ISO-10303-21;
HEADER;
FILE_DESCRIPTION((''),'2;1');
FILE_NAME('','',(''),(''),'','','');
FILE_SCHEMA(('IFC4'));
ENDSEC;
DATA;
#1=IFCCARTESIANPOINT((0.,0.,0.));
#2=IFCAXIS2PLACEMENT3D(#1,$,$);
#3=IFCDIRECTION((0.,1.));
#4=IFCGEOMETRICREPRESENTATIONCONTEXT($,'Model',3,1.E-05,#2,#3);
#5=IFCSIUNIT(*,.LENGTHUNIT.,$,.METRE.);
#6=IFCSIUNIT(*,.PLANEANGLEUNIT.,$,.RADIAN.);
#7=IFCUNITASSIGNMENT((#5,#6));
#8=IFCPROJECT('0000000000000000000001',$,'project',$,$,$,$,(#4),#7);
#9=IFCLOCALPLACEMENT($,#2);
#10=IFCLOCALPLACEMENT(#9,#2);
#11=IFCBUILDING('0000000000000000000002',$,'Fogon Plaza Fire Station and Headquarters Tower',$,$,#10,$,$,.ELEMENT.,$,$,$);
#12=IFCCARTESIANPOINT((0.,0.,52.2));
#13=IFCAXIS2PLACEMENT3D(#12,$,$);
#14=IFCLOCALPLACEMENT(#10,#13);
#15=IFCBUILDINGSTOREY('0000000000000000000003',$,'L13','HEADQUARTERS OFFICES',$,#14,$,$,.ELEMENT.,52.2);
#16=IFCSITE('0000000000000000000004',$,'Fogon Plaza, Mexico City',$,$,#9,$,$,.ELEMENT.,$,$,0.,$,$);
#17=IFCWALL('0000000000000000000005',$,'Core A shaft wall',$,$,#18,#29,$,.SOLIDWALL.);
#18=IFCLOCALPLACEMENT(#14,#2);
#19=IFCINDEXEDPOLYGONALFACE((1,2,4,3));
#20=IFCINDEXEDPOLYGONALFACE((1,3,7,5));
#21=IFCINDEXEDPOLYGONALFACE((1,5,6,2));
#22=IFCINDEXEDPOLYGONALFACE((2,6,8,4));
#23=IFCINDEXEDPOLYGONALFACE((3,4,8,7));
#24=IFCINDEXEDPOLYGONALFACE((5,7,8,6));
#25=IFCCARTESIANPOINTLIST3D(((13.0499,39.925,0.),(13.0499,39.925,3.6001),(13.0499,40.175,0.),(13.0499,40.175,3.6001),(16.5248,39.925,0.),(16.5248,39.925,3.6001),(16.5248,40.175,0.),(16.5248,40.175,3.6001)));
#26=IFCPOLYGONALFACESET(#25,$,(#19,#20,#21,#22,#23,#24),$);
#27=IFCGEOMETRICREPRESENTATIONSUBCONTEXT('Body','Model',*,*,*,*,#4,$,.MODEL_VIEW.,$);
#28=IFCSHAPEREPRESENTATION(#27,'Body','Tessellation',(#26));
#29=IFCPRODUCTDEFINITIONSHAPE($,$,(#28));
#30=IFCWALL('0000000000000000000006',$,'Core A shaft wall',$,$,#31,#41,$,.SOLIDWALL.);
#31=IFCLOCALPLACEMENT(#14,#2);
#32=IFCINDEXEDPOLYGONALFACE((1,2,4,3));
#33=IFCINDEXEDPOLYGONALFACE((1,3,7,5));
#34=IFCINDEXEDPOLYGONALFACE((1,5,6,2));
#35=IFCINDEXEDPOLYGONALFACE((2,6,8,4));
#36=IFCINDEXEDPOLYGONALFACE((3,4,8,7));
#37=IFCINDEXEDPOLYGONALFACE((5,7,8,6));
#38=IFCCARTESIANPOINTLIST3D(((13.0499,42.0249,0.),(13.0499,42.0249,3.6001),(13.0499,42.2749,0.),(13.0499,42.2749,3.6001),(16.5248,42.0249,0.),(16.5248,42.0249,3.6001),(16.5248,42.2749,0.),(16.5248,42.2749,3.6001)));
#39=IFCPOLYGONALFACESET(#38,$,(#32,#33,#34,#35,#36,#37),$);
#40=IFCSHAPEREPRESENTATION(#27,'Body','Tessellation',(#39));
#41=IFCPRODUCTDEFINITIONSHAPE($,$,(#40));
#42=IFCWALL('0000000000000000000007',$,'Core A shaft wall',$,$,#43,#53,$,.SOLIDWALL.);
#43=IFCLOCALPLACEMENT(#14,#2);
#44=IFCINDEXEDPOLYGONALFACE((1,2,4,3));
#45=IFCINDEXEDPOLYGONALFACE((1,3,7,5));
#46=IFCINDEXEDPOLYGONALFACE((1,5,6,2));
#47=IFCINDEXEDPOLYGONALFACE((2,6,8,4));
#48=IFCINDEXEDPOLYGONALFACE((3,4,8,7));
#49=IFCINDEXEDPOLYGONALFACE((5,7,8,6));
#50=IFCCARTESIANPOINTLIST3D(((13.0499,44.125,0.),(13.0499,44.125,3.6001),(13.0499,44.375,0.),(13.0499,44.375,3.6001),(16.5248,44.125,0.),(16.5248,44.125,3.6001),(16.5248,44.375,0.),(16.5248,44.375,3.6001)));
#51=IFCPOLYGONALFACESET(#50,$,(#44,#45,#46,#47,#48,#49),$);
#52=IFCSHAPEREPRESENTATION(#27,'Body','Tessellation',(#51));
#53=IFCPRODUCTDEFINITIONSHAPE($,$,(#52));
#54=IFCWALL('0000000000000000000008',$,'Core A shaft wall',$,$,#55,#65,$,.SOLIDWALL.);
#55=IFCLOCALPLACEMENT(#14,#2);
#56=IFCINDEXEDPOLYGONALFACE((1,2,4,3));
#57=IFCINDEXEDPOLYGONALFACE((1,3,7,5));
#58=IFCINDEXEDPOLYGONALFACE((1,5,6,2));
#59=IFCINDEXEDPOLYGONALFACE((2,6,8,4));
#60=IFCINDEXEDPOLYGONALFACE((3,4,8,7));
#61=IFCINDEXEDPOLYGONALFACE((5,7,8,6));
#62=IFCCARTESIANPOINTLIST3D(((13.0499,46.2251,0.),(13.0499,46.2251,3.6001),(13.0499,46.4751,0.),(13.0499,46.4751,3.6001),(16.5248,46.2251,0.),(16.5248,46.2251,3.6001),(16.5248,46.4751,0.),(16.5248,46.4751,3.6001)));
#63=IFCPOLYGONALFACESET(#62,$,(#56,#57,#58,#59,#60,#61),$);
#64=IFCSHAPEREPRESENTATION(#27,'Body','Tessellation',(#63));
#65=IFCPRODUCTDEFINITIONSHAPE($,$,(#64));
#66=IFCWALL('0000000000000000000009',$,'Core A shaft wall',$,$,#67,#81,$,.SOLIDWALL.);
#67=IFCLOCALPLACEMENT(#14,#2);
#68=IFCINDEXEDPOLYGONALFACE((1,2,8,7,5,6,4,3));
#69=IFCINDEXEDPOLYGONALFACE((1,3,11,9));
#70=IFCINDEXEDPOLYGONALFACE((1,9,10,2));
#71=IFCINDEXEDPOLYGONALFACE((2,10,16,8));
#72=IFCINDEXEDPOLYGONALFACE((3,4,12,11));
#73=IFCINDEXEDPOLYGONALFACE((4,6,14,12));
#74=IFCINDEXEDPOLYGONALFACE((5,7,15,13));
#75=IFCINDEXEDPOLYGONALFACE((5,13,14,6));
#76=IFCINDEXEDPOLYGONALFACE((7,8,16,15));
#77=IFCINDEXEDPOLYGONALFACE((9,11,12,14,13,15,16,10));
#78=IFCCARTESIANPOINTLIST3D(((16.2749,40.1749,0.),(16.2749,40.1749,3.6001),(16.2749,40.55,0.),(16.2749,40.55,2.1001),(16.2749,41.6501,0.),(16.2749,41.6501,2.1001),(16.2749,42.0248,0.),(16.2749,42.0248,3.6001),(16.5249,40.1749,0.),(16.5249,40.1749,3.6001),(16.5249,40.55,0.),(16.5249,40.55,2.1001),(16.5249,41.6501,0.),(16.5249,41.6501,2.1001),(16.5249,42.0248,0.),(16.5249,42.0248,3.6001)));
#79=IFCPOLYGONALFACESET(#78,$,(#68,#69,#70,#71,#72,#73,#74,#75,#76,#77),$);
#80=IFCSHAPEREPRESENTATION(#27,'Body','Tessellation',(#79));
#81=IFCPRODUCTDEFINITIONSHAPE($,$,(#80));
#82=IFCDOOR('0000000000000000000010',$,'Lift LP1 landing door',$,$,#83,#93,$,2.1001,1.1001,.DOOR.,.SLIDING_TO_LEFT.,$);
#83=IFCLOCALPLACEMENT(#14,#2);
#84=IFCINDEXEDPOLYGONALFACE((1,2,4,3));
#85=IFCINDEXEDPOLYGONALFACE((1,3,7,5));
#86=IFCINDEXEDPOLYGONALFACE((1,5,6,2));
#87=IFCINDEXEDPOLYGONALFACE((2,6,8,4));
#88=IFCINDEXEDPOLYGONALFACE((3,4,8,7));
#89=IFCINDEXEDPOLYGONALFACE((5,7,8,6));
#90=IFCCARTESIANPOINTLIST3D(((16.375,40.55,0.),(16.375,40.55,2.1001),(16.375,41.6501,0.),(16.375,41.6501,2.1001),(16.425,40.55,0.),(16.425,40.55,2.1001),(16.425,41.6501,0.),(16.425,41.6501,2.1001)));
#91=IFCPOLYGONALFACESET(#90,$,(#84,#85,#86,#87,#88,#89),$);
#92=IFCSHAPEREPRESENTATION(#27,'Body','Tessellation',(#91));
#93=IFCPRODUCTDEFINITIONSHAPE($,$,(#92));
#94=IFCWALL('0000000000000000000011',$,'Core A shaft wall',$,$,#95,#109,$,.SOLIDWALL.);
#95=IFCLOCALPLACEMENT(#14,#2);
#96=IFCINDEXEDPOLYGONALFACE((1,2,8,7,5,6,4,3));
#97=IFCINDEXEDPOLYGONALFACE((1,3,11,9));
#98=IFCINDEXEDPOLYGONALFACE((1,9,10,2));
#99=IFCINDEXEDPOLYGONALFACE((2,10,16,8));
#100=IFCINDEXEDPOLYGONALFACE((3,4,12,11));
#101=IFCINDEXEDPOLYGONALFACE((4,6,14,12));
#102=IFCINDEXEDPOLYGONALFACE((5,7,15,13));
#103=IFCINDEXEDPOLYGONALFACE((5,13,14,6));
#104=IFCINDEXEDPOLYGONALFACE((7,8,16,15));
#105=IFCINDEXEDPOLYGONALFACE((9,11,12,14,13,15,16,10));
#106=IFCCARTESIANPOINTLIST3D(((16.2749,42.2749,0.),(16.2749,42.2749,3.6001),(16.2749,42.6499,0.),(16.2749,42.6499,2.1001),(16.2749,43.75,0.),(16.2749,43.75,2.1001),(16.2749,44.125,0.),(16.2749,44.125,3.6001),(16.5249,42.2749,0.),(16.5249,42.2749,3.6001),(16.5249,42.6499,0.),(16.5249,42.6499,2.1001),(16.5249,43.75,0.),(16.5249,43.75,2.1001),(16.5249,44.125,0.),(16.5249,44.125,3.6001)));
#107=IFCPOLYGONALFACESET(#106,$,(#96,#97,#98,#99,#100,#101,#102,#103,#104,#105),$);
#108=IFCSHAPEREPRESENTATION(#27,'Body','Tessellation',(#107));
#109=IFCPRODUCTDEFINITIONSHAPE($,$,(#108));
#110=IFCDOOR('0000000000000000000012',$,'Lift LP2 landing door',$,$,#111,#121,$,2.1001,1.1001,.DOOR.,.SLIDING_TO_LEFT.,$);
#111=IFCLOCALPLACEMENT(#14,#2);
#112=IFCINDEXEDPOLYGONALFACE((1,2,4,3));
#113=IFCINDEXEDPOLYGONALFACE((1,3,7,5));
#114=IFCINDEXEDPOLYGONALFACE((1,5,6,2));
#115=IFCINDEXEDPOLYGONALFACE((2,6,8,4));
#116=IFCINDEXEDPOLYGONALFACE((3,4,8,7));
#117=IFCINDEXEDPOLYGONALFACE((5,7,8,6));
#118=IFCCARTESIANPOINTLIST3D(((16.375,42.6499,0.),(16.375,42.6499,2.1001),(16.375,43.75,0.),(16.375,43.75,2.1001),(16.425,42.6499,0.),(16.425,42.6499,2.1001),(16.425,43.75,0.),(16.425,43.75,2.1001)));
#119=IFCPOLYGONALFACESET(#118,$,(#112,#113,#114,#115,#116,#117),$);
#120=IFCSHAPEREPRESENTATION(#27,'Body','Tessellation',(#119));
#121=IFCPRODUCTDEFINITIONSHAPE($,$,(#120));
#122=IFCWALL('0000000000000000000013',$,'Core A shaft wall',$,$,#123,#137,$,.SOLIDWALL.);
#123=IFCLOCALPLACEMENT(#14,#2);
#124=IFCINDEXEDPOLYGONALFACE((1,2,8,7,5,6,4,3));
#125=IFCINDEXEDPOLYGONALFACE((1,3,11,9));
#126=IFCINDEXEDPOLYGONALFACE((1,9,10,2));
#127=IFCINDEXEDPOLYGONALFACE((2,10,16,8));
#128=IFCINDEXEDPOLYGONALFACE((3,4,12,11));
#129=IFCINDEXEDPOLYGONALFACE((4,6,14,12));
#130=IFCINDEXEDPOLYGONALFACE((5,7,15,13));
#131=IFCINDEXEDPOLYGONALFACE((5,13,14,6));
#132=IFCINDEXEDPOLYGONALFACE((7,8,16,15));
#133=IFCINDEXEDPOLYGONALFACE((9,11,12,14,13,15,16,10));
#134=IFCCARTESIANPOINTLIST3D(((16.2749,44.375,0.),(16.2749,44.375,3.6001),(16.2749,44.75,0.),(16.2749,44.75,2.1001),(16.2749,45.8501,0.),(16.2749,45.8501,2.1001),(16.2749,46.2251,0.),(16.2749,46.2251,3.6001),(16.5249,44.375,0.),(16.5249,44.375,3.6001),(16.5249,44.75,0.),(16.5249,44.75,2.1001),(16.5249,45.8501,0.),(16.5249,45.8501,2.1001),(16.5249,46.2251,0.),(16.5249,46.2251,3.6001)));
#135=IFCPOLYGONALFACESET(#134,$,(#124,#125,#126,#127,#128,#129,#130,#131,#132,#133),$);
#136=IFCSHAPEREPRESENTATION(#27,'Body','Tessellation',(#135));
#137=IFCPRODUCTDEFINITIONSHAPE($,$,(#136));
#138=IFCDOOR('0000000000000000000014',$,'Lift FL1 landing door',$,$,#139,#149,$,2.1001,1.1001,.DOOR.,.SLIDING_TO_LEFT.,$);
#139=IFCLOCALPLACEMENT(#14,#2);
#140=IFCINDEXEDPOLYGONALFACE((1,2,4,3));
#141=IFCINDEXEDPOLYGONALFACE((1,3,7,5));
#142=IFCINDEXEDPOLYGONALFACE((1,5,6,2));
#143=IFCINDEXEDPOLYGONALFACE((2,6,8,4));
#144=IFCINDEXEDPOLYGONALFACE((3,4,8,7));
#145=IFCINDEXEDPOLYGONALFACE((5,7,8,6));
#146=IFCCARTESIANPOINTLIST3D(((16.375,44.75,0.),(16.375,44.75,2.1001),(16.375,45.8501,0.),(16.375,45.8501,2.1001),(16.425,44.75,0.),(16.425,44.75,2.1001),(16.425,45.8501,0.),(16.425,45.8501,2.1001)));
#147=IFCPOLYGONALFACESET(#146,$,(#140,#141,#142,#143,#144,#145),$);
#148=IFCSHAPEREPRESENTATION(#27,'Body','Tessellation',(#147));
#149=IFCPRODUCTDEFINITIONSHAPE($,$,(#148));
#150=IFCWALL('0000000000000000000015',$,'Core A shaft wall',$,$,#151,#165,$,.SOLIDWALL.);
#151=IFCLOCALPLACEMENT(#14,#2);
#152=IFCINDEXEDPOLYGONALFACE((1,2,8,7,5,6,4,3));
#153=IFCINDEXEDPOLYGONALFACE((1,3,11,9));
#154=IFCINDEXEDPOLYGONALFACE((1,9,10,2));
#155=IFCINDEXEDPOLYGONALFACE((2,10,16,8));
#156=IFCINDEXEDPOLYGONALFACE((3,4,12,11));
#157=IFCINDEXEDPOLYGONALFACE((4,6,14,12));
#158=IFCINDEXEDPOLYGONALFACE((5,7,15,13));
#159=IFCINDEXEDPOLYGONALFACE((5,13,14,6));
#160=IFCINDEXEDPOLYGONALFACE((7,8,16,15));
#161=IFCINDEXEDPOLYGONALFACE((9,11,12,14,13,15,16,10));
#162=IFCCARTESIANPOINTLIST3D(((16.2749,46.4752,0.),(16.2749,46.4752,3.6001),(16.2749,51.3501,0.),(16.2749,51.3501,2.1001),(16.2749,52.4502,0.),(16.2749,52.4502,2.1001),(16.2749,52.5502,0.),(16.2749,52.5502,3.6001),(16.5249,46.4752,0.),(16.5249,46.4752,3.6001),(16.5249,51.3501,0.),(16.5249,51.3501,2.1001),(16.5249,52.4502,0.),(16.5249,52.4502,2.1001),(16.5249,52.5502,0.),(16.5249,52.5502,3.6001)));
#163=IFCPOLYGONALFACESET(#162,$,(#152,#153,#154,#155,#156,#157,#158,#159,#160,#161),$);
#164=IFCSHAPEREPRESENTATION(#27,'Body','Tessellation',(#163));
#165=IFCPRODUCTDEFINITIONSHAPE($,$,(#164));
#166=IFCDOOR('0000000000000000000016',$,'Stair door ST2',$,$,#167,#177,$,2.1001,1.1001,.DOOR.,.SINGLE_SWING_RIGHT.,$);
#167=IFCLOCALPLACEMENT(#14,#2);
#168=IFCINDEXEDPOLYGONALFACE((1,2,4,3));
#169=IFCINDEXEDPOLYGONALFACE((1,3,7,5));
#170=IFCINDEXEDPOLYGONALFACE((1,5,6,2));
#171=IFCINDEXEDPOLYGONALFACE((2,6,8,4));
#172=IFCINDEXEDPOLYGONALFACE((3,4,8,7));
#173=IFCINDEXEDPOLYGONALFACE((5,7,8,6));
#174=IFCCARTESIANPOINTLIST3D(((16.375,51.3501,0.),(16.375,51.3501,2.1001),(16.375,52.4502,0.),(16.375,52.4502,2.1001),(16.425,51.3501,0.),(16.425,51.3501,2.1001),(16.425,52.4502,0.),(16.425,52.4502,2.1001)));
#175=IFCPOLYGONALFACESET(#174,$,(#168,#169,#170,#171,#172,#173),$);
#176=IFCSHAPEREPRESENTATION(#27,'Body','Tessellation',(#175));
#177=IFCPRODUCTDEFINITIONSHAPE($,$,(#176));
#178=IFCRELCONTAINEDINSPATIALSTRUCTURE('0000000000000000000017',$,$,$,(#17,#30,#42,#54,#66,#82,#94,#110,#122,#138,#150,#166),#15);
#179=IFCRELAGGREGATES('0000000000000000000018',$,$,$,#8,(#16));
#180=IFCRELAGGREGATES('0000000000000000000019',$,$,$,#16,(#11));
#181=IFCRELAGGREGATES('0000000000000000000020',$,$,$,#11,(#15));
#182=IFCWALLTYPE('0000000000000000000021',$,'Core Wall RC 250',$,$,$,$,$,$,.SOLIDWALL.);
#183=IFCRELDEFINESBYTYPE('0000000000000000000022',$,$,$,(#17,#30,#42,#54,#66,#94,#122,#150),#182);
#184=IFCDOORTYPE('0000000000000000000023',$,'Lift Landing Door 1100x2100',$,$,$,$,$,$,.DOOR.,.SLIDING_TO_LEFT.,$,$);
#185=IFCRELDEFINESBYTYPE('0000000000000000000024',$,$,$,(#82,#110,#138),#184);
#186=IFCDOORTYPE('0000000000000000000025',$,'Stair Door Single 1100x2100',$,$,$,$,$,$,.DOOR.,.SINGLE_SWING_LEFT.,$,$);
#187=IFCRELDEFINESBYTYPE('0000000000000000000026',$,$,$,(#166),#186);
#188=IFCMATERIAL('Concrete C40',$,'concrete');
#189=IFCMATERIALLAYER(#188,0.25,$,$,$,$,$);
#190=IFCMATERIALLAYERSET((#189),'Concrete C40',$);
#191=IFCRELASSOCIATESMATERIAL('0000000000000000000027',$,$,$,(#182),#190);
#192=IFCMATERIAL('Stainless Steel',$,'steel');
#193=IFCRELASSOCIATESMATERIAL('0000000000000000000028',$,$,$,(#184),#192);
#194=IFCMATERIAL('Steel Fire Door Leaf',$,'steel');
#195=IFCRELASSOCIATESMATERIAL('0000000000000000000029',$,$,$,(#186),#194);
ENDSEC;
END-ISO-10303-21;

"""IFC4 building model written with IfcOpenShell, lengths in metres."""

from ifc_helpers import new_model, si_unit, direction, frame, frame_2d, origin, place, context, subcontext, project, spatial, rectangle, extrude, material, layer, layer_set, type_object, element, fill, save


model = new_model("IFC4")

# Units and contexts
model_context = context("Model", 3, precision=1e-05, world=origin(), true_north=direction((0.0, 1.0)))
body_context = subcontext(model_context, "Body", "Model", "MODEL_VIEW")
ifc_project = project(units=[si_unit("LENGTHUNIT", "METRE"), si_unit("PLANEANGLEUNIT", "RADIAN")], contexts=[model_context])

# Site, building, storey
site_placement = place(None, origin())
site = spatial("IfcSite", under=ifc_project, at=site_placement, Name="Fogon Plaza, Mexico City", CompositionType="ELEMENT", RefElevation=0.0)
building_placement = place(site_placement, origin())
building = spatial("IfcBuilding", under=site, at=building_placement, Name="Fogon Plaza Fire Station and Headquarters Tower", CompositionType="ELEMENT")
storey_placement = place(building_placement, frame((0.0, 0.0, 52.2)))
storey = spatial("IfcBuildingStorey", under=building, at=storey_placement, Name="L13", Description="HEADQUARTERS OFFICES", CompositionType="ELEMENT", Elevation=52.2)

# Walls
ifc_material_1 = material(Name="Concrete C40", Category="concrete")
ifc_layer_1 = layer(ifc_material_1, 0.25)
ifc_layer_set_1 = layer_set([ifc_layer_1], Name="Concrete C40")
wall_type_1 = type_object("IfcWallType", Name="Core Wall RC 250", PredefinedType="SOLIDWALL", material=ifc_layer_set_1)
for number, where, z_axis, x_axis, name in (
    (1, (13.05, 40.05, 0.0), (0.0, 0.0, 1.0), (1.0, 0.0, 0.0), "Core A shaft wall"),
    (2, (13.05, 42.1499, 0.0), (0.0, 0.0, 1.0), (1.0, 0.0, 0.0), "Core A shaft wall"),
    (3, (13.05, 44.25, 0.0), (0.0, 0.0, 1.0), (1.0, 0.0, 0.0), "Core A shaft wall"),
    (4, (13.05, 46.3501, 0.0), (0.0, 0.0, 1.0), (1.0, 0.0, 0.0), "Core A shaft wall"),
):
    element("IfcWall", number, at=place(storey_placement, frame(where, z_axis=z_axis, x_axis=x_axis)), inside=storey, type_object=wall_type_1, Name=name, PredefinedType="SOLIDWALL", context=body_context, shape_type="SweptSolid", body=[
        extrude(rectangle(XDim=3.4749, YDim=0.25, at=frame_2d((1.7373, 0.0))), origin(), (0.0, 0.0, 1.0), 3.6001),
    ])

# Walls, openings, doors
wall_1_placement = place(storey_placement, frame((16.3999, 40.175, 0.0), z_axis=(0.0, 0.0, 1.0), x_axis=(0.0, 1.0, 0.0)))
wall_1 = element("IfcWall", 5, at=wall_1_placement, inside=storey, type_object=wall_type_1, Name="Core A shaft wall", PredefinedType="SOLIDWALL", context=body_context, shape_type="SweptSolid", body=[
    extrude(rectangle(XDim=1.8499, YDim=0.25, at=frame_2d((0.9248, 0.0))), origin(), (0.0, 0.0, 1.0), 3.6001),
])
opening_1_placement = place(wall_1_placement, frame((0.375, 0.0, 0.0)))
opening_1 = element("IfcOpeningElement", 6, at=opening_1_placement, cuts=wall_1, PredefinedType="OPENING", context=body_context, shape_type="SweptSolid", body=[
    extrude(rectangle(XDim=1.1001, YDim=2.1001, at=frame_2d((0.55, 1.05))), frame((0.0, 0.135, 0.0), z_axis=(0.0, -1.0, 0.0), x_axis=(1.0, 0.0, 0.0)), (0.0, 0.0, 1.0), 0.27),
])
ifc_material_2 = material(Name="Stainless Steel", Category="steel")
door_type_1 = type_object("IfcDoorType", Name="Lift Landing Door 1100x2100", OperationType="SLIDING_TO_LEFT", PredefinedType="DOOR", material=ifc_material_2)
door_1_placement = place(opening_1_placement, origin())
door_1 = element("IfcDoor", 7, at=door_1_placement, inside=storey, type_object=door_type_1, Name="Lift LP1 landing door", OperationType="SLIDING_TO_LEFT", OverallHeight=2.1001, OverallWidth=1.1001, PredefinedType="DOOR", context=body_context, shape_type="SweptSolid", body=[
    extrude(rectangle(XDim=1.1001, YDim=2.1001, at=frame_2d((0.55, 1.05))), frame((0.0, 0.0249, 0.0), z_axis=(0.0, -1.0, 0.0), x_axis=(1.0, 0.0, 0.0)), (0.0, 0.0, 1.0), 0.05),
])
fill(opening_1, door_1)
wall_2_placement = place(storey_placement, frame((16.3999, 42.2749, 0.0), z_axis=(0.0, 0.0, 1.0), x_axis=(0.0, 1.0, 0.0)))
wall_2 = element("IfcWall", 8, at=wall_2_placement, inside=storey, type_object=wall_type_1, Name="Core A shaft wall", PredefinedType="SOLIDWALL", context=body_context, shape_type="SweptSolid", body=[
    extrude(rectangle(XDim=1.8501, YDim=0.25, at=frame_2d((0.925, 0.0))), origin(), (0.0, 0.0, 1.0), 3.6001),
])
opening_2_placement = place(wall_2_placement, frame((0.375, 0.0, 0.0)))
opening_2 = element("IfcOpeningElement", 9, at=opening_2_placement, cuts=wall_2, PredefinedType="OPENING", context=body_context, shape_type="SweptSolid", body=[
    extrude(rectangle(XDim=1.1001, YDim=2.1001, at=frame_2d((0.55, 1.05))), frame((0.0, 0.135, 0.0), z_axis=(0.0, -1.0, 0.0), x_axis=(1.0, 0.0, 0.0)), (0.0, 0.0, 1.0), 0.27),
])
door_2_placement = place(opening_2_placement, origin())
door_2 = element("IfcDoor", 10, at=door_2_placement, inside=storey, type_object=door_type_1, Name="Lift LP2 landing door", OperationType="SLIDING_TO_LEFT", OverallHeight=2.1001, OverallWidth=1.1001, PredefinedType="DOOR", context=body_context, shape_type="SweptSolid", body=[
    extrude(rectangle(XDim=1.1001, YDim=2.1001, at=frame_2d((0.55, 1.05))), frame((0.0, 0.0249, 0.0), z_axis=(0.0, -1.0, 0.0), x_axis=(1.0, 0.0, 0.0)), (0.0, 0.0, 1.0), 0.05),
])
fill(opening_2, door_2)
wall_3_placement = place(storey_placement, frame((16.3999, 44.375, 0.0), z_axis=(0.0, 0.0, 1.0), x_axis=(0.0, 1.0, 0.0)))
wall_3 = element("IfcWall", 11, at=wall_3_placement, inside=storey, type_object=wall_type_1, Name="Core A shaft wall", PredefinedType="SOLIDWALL", context=body_context, shape_type="SweptSolid", body=[
    extrude(rectangle(XDim=1.8501, YDim=0.25, at=frame_2d((0.925, 0.0))), origin(), (0.0, 0.0, 1.0), 3.6001),
])
opening_3_placement = place(wall_3_placement, frame((0.375, 0.0, 0.0)))
opening_3 = element("IfcOpeningElement", 12, at=opening_3_placement, cuts=wall_3, PredefinedType="OPENING", context=body_context, shape_type="SweptSolid", body=[
    extrude(rectangle(XDim=1.1001, YDim=2.1001, at=frame_2d((0.55, 1.05))), frame((0.0, 0.135, 0.0), z_axis=(0.0, -1.0, 0.0), x_axis=(1.0, 0.0, 0.0)), (0.0, 0.0, 1.0), 0.27),
])
door_3_placement = place(opening_3_placement, origin())
door_3 = element("IfcDoor", 13, at=door_3_placement, inside=storey, type_object=door_type_1, Name="Lift FL1 landing door", OperationType="SLIDING_TO_LEFT", OverallHeight=2.1001, OverallWidth=1.1001, PredefinedType="DOOR", context=body_context, shape_type="SweptSolid", body=[
    extrude(rectangle(XDim=1.1001, YDim=2.1001, at=frame_2d((0.55, 1.05))), frame((0.0, 0.0249, 0.0), z_axis=(0.0, -1.0, 0.0), x_axis=(1.0, 0.0, 0.0)), (0.0, 0.0, 1.0), 0.05),
])
fill(opening_3, door_3)
wall_4_placement = place(storey_placement, frame((16.3999, 46.4751, 0.0), z_axis=(0.0, 0.0, 1.0), x_axis=(0.0, 1.0, 0.0)))
wall_4 = element("IfcWall", 14, at=wall_4_placement, inside=storey, type_object=wall_type_1, Name="Core A shaft wall", PredefinedType="SOLIDWALL", context=body_context, shape_type="SweptSolid", body=[
    extrude(rectangle(XDim=6.075, YDim=0.25, at=frame_2d((3.0376, 0.0))), origin(), (0.0, 0.0, 1.0), 3.6001),
])
opening_4_placement = place(wall_4_placement, frame((4.875, 0.0, 0.0)))
opening_4 = element("IfcOpeningElement", 15, at=opening_4_placement, cuts=wall_4, PredefinedType="OPENING", context=body_context, shape_type="SweptSolid", body=[
    extrude(rectangle(XDim=1.1001, YDim=2.1001, at=frame_2d((0.55, 1.05))), frame((0.0, 0.135, 0.0), z_axis=(0.0, -1.0, 0.0), x_axis=(1.0, 0.0, 0.0)), (0.0, 0.0, 1.0), 0.27),
])
ifc_material_3 = material(Name="Steel Fire Door Leaf", Category="steel")
door_type_2 = type_object("IfcDoorType", Name="Stair Door Single 1100x2100", OperationType="SINGLE_SWING_LEFT", PredefinedType="DOOR", material=ifc_material_3)
door_4_placement = place(opening_4_placement, origin())
door_4 = element("IfcDoor", 16, at=door_4_placement, inside=storey, type_object=door_type_2, Name="Stair door ST2", OperationType="SINGLE_SWING_RIGHT", OverallHeight=2.1001, OverallWidth=1.1001, PredefinedType="DOOR", context=body_context, shape_type="SweptSolid", body=[
    extrude(rectangle(XDim=1.1001, YDim=2.1001, at=frame_2d((0.55, 1.05))), frame((0.0, 0.0249, 0.0), z_axis=(0.0, -1.0, 0.0), x_axis=(1.0, 0.0, 0.0)), (0.0, 0.0, 1.0), 0.05),
])
fill(opening_4, door_4)

save(model, "model.ifc")
